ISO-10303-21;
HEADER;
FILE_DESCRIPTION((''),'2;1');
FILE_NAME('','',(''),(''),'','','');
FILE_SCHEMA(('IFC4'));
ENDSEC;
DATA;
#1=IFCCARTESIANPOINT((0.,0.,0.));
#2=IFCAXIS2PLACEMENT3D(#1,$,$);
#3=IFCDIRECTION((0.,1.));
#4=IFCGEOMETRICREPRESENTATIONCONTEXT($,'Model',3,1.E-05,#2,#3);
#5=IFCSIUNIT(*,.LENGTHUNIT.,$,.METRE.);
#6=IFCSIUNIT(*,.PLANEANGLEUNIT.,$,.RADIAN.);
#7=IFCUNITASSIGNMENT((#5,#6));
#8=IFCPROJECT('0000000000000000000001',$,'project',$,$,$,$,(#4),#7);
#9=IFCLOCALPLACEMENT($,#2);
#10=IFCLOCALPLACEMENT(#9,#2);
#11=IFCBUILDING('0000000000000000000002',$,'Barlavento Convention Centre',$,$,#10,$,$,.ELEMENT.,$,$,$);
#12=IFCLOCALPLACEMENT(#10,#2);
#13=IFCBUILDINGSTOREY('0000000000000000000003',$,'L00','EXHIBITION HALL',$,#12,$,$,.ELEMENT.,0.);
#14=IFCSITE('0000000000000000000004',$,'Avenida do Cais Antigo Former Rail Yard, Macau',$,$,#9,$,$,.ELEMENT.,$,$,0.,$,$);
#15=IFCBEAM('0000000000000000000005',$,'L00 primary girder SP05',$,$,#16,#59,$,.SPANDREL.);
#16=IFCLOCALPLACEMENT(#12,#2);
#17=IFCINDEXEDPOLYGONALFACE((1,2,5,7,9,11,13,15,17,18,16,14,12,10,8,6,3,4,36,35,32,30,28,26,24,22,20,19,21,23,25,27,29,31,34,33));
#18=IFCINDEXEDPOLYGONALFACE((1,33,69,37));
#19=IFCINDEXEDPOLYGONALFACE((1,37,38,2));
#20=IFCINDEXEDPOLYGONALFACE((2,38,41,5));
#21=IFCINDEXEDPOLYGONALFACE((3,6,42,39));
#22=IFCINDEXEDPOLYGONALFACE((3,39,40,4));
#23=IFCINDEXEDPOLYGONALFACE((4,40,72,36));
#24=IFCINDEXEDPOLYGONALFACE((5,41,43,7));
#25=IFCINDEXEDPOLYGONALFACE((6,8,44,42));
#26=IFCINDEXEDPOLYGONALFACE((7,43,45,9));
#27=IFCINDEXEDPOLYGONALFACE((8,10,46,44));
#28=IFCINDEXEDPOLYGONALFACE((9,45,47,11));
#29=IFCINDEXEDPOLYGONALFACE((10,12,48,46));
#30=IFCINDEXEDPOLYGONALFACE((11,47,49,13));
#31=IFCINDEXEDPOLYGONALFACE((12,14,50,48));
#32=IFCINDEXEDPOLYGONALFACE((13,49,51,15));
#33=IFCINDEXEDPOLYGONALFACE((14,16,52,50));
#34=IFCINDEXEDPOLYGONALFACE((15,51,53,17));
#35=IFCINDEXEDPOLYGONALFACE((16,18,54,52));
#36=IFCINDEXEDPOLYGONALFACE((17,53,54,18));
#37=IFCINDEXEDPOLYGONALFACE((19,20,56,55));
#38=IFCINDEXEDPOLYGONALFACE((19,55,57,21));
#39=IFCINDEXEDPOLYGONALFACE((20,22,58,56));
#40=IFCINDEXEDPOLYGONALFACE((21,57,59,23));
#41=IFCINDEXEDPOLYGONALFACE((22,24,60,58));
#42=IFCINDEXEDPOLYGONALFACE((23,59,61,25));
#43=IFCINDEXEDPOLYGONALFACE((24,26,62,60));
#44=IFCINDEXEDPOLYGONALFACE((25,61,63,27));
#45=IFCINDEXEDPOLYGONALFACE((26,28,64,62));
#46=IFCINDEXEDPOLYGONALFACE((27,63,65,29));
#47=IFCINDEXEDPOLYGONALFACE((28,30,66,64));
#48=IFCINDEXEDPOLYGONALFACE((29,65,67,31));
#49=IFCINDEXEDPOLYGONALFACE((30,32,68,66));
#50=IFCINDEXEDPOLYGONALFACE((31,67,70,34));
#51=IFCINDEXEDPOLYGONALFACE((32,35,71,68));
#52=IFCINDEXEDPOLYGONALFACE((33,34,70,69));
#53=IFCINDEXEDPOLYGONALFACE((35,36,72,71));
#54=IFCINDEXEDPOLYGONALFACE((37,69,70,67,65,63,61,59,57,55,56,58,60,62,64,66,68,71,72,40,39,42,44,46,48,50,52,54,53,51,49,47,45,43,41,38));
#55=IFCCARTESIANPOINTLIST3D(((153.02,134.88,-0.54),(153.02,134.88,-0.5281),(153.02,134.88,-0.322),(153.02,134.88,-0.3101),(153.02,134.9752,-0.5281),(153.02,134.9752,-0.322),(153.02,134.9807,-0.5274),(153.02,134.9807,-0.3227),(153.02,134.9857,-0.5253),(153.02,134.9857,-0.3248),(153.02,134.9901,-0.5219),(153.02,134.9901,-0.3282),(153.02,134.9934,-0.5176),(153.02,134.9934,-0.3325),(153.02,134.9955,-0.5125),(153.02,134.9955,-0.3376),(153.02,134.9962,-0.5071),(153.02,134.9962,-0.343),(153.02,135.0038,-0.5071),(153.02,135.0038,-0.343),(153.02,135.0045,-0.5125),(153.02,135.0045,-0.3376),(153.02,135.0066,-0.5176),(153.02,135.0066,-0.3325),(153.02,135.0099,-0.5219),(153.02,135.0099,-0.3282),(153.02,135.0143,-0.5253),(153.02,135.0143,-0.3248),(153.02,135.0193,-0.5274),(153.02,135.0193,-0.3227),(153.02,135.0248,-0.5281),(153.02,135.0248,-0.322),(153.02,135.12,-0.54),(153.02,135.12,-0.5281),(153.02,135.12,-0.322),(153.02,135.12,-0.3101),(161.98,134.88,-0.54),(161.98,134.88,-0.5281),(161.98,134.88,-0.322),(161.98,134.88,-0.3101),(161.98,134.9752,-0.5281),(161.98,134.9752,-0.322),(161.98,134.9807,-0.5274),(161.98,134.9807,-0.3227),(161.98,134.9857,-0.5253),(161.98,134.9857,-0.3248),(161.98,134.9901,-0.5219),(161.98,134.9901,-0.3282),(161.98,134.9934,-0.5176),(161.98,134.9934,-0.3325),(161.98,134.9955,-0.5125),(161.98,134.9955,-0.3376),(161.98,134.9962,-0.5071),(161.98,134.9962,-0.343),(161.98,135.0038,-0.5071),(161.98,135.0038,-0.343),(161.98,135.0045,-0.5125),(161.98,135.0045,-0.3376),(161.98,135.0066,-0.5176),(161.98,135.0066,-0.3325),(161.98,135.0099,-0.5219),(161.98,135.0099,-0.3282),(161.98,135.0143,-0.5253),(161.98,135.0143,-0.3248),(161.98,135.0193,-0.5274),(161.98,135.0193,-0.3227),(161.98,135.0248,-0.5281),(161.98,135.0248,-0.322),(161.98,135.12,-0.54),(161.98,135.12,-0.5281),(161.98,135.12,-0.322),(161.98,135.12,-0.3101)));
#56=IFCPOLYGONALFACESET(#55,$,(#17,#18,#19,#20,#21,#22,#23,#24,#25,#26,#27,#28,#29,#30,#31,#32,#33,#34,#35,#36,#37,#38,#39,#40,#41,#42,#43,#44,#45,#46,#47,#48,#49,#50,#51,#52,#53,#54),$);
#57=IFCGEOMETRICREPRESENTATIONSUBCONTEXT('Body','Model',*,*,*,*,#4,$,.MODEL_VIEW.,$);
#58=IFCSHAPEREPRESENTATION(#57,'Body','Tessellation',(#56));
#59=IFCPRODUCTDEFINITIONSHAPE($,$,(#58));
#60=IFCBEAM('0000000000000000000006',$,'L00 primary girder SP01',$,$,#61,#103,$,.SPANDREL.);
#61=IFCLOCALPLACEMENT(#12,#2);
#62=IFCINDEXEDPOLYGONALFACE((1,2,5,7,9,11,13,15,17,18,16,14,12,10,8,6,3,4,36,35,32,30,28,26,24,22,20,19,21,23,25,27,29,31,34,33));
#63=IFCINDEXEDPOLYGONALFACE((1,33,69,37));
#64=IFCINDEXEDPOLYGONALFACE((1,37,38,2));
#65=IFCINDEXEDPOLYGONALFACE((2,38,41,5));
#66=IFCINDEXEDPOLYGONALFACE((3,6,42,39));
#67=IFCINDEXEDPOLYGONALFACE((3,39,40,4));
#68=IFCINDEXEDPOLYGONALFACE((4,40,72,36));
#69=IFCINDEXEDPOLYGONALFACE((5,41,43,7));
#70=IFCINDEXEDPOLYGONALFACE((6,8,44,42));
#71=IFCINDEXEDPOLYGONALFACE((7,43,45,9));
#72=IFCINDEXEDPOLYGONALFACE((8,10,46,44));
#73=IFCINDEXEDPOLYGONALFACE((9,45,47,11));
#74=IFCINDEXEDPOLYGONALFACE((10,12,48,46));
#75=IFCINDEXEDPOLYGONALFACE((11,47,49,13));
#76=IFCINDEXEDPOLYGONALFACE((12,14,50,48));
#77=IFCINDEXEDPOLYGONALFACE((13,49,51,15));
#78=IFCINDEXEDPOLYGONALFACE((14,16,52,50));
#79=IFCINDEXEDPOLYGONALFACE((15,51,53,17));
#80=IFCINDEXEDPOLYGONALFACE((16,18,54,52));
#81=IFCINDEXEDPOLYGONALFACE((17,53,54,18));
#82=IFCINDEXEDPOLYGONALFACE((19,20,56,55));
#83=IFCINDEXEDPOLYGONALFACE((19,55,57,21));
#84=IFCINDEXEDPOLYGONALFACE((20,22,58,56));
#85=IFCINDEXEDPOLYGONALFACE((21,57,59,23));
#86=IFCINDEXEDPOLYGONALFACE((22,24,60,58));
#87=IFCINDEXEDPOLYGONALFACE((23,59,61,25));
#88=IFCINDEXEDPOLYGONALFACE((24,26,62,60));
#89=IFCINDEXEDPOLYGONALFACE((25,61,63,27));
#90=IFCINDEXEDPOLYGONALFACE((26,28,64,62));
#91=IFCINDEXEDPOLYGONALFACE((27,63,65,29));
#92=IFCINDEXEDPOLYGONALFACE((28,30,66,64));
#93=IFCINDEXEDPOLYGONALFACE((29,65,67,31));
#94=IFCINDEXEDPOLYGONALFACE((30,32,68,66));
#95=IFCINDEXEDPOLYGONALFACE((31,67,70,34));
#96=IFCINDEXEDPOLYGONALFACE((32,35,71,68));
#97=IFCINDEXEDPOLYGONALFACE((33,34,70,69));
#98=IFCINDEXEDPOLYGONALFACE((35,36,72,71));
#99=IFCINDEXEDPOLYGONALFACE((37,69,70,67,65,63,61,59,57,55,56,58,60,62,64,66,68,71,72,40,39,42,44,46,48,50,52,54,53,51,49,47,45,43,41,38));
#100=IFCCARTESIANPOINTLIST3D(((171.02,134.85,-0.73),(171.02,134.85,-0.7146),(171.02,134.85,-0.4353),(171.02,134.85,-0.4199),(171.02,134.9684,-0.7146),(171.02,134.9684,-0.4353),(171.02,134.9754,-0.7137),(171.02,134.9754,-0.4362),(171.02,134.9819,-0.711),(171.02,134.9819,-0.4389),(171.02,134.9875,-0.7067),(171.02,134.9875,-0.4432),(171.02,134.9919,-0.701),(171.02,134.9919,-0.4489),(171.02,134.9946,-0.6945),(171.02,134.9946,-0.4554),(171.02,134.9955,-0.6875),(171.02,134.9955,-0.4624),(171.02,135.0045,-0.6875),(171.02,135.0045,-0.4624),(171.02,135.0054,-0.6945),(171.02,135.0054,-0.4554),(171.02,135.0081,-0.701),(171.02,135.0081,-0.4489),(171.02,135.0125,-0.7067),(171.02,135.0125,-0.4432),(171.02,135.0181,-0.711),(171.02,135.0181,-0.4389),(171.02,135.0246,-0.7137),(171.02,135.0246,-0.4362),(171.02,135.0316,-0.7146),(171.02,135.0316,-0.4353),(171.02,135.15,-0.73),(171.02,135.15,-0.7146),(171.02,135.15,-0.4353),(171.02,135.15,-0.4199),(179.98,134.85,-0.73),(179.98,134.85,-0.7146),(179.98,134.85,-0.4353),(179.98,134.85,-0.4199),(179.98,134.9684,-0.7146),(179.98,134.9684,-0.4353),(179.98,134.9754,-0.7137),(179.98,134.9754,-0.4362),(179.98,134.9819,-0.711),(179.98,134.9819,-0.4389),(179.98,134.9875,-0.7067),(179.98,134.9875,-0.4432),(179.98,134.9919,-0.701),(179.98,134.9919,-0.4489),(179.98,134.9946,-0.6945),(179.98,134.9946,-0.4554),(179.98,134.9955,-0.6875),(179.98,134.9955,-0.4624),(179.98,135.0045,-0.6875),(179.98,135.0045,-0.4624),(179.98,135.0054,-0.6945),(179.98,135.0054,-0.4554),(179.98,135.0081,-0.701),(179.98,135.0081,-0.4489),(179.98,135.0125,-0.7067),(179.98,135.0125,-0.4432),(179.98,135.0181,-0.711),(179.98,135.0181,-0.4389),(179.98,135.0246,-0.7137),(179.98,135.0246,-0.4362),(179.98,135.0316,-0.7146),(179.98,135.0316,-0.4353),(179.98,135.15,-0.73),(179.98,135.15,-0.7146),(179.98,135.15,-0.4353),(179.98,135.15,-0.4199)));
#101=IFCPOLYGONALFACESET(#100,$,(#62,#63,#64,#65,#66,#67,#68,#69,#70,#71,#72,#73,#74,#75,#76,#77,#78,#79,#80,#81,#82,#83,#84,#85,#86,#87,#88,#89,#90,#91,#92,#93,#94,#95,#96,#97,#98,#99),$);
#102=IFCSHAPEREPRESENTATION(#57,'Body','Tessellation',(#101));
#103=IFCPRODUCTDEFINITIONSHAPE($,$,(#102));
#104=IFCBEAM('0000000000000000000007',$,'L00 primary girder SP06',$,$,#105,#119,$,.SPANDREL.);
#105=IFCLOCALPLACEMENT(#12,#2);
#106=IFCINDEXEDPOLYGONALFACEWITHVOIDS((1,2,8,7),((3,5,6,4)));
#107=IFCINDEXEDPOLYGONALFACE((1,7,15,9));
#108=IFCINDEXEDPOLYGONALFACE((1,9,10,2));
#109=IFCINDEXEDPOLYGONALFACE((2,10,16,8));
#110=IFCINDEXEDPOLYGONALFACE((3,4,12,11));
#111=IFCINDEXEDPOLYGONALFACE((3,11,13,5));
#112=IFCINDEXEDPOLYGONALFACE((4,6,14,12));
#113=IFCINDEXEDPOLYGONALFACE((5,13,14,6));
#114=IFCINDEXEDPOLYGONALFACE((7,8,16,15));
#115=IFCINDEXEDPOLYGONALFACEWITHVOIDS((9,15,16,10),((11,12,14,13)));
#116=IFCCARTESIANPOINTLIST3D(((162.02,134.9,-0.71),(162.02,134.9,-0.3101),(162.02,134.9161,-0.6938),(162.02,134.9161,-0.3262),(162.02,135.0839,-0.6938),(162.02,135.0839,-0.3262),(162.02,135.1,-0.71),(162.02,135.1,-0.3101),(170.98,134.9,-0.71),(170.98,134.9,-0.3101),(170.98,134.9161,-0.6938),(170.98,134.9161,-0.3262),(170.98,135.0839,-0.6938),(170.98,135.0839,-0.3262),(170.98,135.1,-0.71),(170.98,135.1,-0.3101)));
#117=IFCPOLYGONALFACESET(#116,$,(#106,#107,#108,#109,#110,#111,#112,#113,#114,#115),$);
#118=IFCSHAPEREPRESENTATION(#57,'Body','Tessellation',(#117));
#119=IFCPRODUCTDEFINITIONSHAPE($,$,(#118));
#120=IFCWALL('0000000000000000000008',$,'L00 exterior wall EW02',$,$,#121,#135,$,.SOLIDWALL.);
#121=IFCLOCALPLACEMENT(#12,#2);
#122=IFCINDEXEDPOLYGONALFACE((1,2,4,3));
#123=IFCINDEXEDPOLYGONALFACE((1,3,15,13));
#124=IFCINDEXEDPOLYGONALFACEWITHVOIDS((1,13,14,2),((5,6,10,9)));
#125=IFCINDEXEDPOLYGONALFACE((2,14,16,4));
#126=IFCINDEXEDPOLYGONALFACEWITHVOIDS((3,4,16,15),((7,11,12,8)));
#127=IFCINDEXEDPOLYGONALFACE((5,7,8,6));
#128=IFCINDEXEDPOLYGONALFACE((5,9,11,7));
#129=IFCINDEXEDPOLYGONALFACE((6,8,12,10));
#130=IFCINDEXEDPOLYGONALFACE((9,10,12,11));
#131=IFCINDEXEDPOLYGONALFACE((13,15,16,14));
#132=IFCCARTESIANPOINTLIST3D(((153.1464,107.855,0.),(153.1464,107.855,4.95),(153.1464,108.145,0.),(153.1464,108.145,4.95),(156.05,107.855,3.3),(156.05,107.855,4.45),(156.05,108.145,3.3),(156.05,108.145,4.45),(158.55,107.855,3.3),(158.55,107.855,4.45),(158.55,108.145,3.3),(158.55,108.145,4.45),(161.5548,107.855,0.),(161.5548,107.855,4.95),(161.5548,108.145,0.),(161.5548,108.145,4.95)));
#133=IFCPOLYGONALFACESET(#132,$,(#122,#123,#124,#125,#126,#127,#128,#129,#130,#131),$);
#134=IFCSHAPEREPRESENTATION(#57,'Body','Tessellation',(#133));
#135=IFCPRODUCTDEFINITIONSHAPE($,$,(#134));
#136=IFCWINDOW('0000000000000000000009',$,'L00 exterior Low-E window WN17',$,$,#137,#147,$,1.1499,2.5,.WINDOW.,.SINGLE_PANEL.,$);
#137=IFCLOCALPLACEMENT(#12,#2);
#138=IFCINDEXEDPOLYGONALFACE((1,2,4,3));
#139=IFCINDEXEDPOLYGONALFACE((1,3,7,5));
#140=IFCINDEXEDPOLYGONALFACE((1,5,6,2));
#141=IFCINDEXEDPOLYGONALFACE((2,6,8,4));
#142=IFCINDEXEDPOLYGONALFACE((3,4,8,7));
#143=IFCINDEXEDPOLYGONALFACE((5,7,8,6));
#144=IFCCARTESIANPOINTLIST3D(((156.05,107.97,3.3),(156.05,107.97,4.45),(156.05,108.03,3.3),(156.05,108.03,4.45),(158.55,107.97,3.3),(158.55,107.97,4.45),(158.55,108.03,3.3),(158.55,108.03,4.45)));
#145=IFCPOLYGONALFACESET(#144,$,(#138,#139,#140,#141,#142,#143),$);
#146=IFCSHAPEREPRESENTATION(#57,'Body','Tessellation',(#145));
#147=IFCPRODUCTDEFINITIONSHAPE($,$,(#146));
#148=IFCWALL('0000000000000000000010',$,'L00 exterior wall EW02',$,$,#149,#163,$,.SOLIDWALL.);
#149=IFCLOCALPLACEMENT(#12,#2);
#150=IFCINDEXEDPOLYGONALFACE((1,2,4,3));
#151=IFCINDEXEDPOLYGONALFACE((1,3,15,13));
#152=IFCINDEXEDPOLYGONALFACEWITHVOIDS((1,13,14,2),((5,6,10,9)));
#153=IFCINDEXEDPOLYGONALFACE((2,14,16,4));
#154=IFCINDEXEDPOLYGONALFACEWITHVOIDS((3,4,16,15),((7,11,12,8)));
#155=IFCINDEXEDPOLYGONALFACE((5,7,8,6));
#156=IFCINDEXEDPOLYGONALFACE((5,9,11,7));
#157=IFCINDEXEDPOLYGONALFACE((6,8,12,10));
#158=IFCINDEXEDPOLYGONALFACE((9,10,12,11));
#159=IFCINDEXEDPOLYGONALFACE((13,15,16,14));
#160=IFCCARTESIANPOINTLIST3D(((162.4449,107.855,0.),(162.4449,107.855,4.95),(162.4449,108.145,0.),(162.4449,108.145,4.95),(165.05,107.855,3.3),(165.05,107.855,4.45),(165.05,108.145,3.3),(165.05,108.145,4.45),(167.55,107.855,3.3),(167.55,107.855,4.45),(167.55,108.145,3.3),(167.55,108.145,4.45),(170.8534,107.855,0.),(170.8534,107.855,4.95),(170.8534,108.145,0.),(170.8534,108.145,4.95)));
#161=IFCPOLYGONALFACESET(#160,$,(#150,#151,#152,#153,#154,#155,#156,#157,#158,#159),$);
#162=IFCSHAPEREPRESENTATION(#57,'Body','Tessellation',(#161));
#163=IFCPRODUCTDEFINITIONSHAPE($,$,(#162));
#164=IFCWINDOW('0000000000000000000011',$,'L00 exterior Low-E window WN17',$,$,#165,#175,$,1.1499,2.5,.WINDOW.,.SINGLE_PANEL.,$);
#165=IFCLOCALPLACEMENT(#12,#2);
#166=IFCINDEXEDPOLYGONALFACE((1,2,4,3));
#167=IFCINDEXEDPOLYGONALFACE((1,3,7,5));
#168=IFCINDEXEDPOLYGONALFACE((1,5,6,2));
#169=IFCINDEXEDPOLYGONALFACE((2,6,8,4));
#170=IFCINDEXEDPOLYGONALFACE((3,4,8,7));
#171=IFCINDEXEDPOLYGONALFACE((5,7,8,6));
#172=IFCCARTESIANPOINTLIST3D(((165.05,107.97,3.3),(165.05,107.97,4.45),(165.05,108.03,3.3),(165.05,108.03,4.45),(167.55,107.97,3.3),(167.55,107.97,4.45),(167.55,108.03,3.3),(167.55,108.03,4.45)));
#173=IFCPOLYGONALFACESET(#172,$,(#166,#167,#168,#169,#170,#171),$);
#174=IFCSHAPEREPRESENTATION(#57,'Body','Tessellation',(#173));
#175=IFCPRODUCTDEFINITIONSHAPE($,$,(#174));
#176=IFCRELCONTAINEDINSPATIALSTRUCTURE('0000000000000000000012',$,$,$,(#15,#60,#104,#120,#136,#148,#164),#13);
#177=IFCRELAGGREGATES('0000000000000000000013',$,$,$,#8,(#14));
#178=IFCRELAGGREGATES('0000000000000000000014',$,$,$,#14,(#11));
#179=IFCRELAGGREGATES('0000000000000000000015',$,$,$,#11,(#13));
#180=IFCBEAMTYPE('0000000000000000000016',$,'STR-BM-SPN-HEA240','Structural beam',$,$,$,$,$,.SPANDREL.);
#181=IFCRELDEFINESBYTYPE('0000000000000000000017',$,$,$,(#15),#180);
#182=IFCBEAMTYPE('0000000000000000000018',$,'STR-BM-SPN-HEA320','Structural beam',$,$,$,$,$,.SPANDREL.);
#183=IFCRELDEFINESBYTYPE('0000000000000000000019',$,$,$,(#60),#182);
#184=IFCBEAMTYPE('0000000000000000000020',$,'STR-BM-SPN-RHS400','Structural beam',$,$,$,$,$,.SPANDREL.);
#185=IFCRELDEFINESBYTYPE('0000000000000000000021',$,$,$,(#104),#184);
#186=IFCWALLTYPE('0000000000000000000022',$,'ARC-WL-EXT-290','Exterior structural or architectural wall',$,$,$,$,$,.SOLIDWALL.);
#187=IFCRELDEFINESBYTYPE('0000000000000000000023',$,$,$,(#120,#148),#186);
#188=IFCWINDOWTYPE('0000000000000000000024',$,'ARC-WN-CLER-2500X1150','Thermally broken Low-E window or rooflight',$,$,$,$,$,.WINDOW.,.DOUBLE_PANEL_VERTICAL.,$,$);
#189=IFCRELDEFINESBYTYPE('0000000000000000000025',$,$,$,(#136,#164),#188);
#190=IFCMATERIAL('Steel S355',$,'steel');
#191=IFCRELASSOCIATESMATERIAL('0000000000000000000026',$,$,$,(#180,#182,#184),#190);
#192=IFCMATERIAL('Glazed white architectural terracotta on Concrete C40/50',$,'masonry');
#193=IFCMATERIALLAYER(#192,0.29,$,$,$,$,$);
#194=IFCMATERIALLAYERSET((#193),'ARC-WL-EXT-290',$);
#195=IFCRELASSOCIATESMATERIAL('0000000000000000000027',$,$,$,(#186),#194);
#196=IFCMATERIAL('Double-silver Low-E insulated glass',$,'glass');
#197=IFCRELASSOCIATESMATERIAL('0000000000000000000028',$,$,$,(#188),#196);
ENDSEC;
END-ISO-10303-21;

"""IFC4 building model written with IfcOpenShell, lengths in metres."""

from ifc_helpers import new_model, si_unit, direction, frame, frame_2d, origin, origin_2d, place, context, subcontext, project, spatial, rectangle, hollow_rectangle, i_section, extrude, material, layer, layer_set, material_profile, profile_set, type_object, element, fill, save


model = new_model("IFC4")

# Units and contexts
model_context = context("Model", 3, precision=1e-05, world=origin(), true_north=direction((0.0, 1.0)))
body_context = subcontext(model_context, "Body", "Model", "MODEL_VIEW")
ifc_project = project(units=[si_unit("LENGTHUNIT", "METRE"), si_unit("PLANEANGLEUNIT", "RADIAN")], contexts=[model_context])

# Site, building, storey
site_placement = place(None, origin())
site = spatial("IfcSite", under=ifc_project, at=site_placement, Name="Avenida do Cais Antigo Former Rail Yard, Macau", CompositionType="ELEMENT", RefElevation=0.0)
building_placement = place(site_placement, origin())
building = spatial("IfcBuilding", under=site, at=building_placement, Name="Barlavento Convention Centre", CompositionType="ELEMENT")
storey_placement = place(building_placement, origin())
storey = spatial("IfcBuildingStorey", under=building, at=storey_placement, Name="L00", Description="EXHIBITION HALL", CompositionType="ELEMENT", Elevation=0.0)

# Beams
ifc_material_1 = material(Name="Steel S355", Category="steel")
ifc_material_profile_1 = material_profile(ifc_material_1, i_section(OverallWidth=0.24, OverallDepth=0.23, WebThickness=0.0076, FlangeThickness=0.012, FilletRadius=0.021, at=origin_2d()), Name="HEA 240")
ifc_profile_set_1 = profile_set([ifc_material_profile_1], Name="Steel S355")
beam_type_1 = type_object("IfcBeamType", Name="STR-BM-SPN-HEA240", Description="Structural beam", PredefinedType="SPANDREL", material=ifc_profile_set_1)
beam_1_placement = place(storey_placement, frame((153.02, 135.0, -0.425), z_axis=(1.0, 0.0, 0.0), x_axis=(0.0, 1.0, 0.0)))
element("IfcBeam", 1, at=beam_1_placement, inside=storey, type_object=beam_type_1, Name="L00 primary girder SP05", PredefinedType="SPANDREL", context=body_context, shape_type="SweptSolid", body=[
    extrude(i_section(OverallWidth=0.24, OverallDepth=0.23, WebThickness=0.0076, FlangeThickness=0.012, FilletRadius=0.021, at=origin_2d()), origin(), (0.0, 0.0, 1.0), 8.96),
])
ifc_material_profile_2 = material_profile(ifc_material_1, i_section(OverallWidth=0.3, OverallDepth=0.3101, WebThickness=0.009, FlangeThickness=0.0154, FilletRadius=0.0271, at=origin_2d()), Name="HEA 320")
ifc_profile_set_2 = profile_set([ifc_material_profile_2], Name="Steel S355")
beam_type_2 = type_object("IfcBeamType", Name="STR-BM-SPN-HEA320", Description="Structural beam", PredefinedType="SPANDREL", material=ifc_profile_set_2)
beam_2_placement = place(storey_placement, frame((171.02, 135.0, -0.575), z_axis=(1.0, 0.0, 0.0), x_axis=(0.0, 1.0, 0.0)))
element("IfcBeam", 2, at=beam_2_placement, inside=storey, type_object=beam_type_2, Name="L00 primary girder SP01", PredefinedType="SPANDREL", context=body_context, shape_type="SweptSolid", body=[
    extrude(i_section(OverallWidth=0.3, OverallDepth=0.3101, WebThickness=0.009, FlangeThickness=0.0154, FilletRadius=0.0271, at=origin_2d()), origin(), (0.0, 0.0, 1.0), 8.96),
])
ifc_material_profile_3 = material_profile(ifc_material_1, hollow_rectangle(XDim=0.2, YDim=0.3999, WallThickness=0.0161, at=origin_2d()), Name="RHS 400x200x16.0")
ifc_profile_set_3 = profile_set([ifc_material_profile_3], Name="Steel S355")
beam_type_3 = type_object("IfcBeamType", Name="STR-BM-SPN-RHS400", Description="Structural beam", PredefinedType="SPANDREL", material=ifc_profile_set_3)
beam_3_placement = place(storey_placement, frame((162.02, 135.0, -0.51), z_axis=(1.0, 0.0, 0.0), x_axis=(0.0, 1.0, 0.0)))
element("IfcBeam", 3, at=beam_3_placement, inside=storey, type_object=beam_type_3, Name="L00 primary girder SP06", PredefinedType="SPANDREL", context=body_context, shape_type="SweptSolid", body=[
    extrude(hollow_rectangle(XDim=0.2, YDim=0.3999, WallThickness=0.0161, at=origin_2d()), origin(), (0.0, 0.0, 1.0), 8.96),
])

# Walls, openings, windows
ifc_material_2 = material(Name="Glazed white architectural terracotta on Concrete C40/50", Category="masonry")
ifc_layer = layer(ifc_material_2, 0.29)
ifc_layer_set = layer_set([ifc_layer], Name="ARC-WL-EXT-290")
wall_type = type_object("IfcWallType", Name="ARC-WL-EXT-290", Description="Exterior structural or architectural wall", PredefinedType="SOLIDWALL", material=ifc_layer_set)
wall_1_placement = place(storey_placement, frame((153.1465, 108.0, 0.0), z_axis=(0.0, 0.0, 1.0), x_axis=(1.0, 0.0, 0.0)))
wall_1 = element("IfcWall", 4, at=wall_1_placement, inside=storey, type_object=wall_type, Name="L00 exterior wall EW02", PredefinedType="SOLIDWALL", context=body_context, shape_type="SweptSolid", body=[
    extrude(rectangle(XDim=8.4084, YDim=0.29, at=frame_2d((4.2041, 0.0))), origin(), (0.0, 0.0, 1.0), 4.95),
])
opening_1_placement = place(wall_1_placement, frame((2.9036, 0.0, 3.3)))
opening_1 = element("IfcOpeningElement", 5, at=opening_1_placement, cuts=wall_1, PredefinedType="OPENING", context=body_context, shape_type="SweptSolid", body=[
    extrude(rectangle(XDim=2.5, YDim=1.1499, at=frame_2d((1.25, 0.575))), frame((0.0, 0.155, 0.0), z_axis=(0.0, -1.0, 0.0), x_axis=(1.0, 0.0, 0.0)), (0.0, 0.0, 1.0), 0.3101),
])
ifc_material_3 = material(Name="Double-silver Low-E insulated glass", Category="glass")
window_type = type_object("IfcWindowType", Name="ARC-WN-CLER-2500X1150", Description="Thermally broken Low-E window or rooflight", PartitioningType="DOUBLE_PANEL_VERTICAL", PredefinedType="WINDOW", material=ifc_material_3)
window_1_placement = place(opening_1_placement, origin())
window_1 = element("IfcWindow", 6, at=window_1_placement, inside=storey, type_object=window_type, Name="L00 exterior Low-E window WN17", OverallHeight=1.1499, OverallWidth=2.5, PartitioningType="SINGLE_PANEL", PredefinedType="WINDOW", context=body_context, shape_type="SweptSolid", body=[
    extrude(rectangle(XDim=2.5, YDim=1.1499, at=frame_2d((1.25, 0.575))), frame((0.0, 0.03, 0.0), z_axis=(0.0, -1.0, 0.0), x_axis=(1.0, 0.0, 0.0)), (0.0, 0.0, 1.0), 0.0601),
])
fill(opening_1, window_1)
wall_2_placement = place(storey_placement, frame((162.4451, 108.0, 0.0), z_axis=(0.0, 0.0, 1.0), x_axis=(1.0, 0.0, 0.0)))
wall_2 = element("IfcWall", 7, at=wall_2_placement, inside=storey, type_object=wall_type, Name="L00 exterior wall EW02", PredefinedType="SOLIDWALL", context=body_context, shape_type="SweptSolid", body=[
    extrude(rectangle(XDim=8.4084, YDim=0.29, at=frame_2d((4.2041, 0.0))), origin(), (0.0, 0.0, 1.0), 4.95),
])
opening_2_placement = place(wall_2_placement, frame((2.605, 0.0, 3.3)))
opening_2 = element("IfcOpeningElement", 8, at=opening_2_placement, cuts=wall_2, PredefinedType="OPENING", context=body_context, shape_type="SweptSolid", body=[
    extrude(rectangle(XDim=2.5, YDim=1.1499, at=frame_2d((1.25, 0.575))), frame((0.0, 0.155, 0.0), z_axis=(0.0, -1.0, 0.0), x_axis=(1.0, 0.0, 0.0)), (0.0, 0.0, 1.0), 0.3101),
])
window_2_placement = place(opening_2_placement, origin())
window_2 = element("IfcWindow", 9, at=window_2_placement, inside=storey, type_object=window_type, Name="L00 exterior Low-E window WN17", OverallHeight=1.1499, OverallWidth=2.5, PartitioningType="SINGLE_PANEL", PredefinedType="WINDOW", context=body_context, shape_type="SweptSolid", body=[
    extrude(rectangle(XDim=2.5, YDim=1.1499, at=frame_2d((1.25, 0.575))), frame((0.0, 0.03, 0.0), z_axis=(0.0, -1.0, 0.0), x_axis=(1.0, 0.0, 0.0)), (0.0, 0.0, 1.0), 0.0601),
])
fill(opening_2, window_2)

save(model, "model.ifc")
